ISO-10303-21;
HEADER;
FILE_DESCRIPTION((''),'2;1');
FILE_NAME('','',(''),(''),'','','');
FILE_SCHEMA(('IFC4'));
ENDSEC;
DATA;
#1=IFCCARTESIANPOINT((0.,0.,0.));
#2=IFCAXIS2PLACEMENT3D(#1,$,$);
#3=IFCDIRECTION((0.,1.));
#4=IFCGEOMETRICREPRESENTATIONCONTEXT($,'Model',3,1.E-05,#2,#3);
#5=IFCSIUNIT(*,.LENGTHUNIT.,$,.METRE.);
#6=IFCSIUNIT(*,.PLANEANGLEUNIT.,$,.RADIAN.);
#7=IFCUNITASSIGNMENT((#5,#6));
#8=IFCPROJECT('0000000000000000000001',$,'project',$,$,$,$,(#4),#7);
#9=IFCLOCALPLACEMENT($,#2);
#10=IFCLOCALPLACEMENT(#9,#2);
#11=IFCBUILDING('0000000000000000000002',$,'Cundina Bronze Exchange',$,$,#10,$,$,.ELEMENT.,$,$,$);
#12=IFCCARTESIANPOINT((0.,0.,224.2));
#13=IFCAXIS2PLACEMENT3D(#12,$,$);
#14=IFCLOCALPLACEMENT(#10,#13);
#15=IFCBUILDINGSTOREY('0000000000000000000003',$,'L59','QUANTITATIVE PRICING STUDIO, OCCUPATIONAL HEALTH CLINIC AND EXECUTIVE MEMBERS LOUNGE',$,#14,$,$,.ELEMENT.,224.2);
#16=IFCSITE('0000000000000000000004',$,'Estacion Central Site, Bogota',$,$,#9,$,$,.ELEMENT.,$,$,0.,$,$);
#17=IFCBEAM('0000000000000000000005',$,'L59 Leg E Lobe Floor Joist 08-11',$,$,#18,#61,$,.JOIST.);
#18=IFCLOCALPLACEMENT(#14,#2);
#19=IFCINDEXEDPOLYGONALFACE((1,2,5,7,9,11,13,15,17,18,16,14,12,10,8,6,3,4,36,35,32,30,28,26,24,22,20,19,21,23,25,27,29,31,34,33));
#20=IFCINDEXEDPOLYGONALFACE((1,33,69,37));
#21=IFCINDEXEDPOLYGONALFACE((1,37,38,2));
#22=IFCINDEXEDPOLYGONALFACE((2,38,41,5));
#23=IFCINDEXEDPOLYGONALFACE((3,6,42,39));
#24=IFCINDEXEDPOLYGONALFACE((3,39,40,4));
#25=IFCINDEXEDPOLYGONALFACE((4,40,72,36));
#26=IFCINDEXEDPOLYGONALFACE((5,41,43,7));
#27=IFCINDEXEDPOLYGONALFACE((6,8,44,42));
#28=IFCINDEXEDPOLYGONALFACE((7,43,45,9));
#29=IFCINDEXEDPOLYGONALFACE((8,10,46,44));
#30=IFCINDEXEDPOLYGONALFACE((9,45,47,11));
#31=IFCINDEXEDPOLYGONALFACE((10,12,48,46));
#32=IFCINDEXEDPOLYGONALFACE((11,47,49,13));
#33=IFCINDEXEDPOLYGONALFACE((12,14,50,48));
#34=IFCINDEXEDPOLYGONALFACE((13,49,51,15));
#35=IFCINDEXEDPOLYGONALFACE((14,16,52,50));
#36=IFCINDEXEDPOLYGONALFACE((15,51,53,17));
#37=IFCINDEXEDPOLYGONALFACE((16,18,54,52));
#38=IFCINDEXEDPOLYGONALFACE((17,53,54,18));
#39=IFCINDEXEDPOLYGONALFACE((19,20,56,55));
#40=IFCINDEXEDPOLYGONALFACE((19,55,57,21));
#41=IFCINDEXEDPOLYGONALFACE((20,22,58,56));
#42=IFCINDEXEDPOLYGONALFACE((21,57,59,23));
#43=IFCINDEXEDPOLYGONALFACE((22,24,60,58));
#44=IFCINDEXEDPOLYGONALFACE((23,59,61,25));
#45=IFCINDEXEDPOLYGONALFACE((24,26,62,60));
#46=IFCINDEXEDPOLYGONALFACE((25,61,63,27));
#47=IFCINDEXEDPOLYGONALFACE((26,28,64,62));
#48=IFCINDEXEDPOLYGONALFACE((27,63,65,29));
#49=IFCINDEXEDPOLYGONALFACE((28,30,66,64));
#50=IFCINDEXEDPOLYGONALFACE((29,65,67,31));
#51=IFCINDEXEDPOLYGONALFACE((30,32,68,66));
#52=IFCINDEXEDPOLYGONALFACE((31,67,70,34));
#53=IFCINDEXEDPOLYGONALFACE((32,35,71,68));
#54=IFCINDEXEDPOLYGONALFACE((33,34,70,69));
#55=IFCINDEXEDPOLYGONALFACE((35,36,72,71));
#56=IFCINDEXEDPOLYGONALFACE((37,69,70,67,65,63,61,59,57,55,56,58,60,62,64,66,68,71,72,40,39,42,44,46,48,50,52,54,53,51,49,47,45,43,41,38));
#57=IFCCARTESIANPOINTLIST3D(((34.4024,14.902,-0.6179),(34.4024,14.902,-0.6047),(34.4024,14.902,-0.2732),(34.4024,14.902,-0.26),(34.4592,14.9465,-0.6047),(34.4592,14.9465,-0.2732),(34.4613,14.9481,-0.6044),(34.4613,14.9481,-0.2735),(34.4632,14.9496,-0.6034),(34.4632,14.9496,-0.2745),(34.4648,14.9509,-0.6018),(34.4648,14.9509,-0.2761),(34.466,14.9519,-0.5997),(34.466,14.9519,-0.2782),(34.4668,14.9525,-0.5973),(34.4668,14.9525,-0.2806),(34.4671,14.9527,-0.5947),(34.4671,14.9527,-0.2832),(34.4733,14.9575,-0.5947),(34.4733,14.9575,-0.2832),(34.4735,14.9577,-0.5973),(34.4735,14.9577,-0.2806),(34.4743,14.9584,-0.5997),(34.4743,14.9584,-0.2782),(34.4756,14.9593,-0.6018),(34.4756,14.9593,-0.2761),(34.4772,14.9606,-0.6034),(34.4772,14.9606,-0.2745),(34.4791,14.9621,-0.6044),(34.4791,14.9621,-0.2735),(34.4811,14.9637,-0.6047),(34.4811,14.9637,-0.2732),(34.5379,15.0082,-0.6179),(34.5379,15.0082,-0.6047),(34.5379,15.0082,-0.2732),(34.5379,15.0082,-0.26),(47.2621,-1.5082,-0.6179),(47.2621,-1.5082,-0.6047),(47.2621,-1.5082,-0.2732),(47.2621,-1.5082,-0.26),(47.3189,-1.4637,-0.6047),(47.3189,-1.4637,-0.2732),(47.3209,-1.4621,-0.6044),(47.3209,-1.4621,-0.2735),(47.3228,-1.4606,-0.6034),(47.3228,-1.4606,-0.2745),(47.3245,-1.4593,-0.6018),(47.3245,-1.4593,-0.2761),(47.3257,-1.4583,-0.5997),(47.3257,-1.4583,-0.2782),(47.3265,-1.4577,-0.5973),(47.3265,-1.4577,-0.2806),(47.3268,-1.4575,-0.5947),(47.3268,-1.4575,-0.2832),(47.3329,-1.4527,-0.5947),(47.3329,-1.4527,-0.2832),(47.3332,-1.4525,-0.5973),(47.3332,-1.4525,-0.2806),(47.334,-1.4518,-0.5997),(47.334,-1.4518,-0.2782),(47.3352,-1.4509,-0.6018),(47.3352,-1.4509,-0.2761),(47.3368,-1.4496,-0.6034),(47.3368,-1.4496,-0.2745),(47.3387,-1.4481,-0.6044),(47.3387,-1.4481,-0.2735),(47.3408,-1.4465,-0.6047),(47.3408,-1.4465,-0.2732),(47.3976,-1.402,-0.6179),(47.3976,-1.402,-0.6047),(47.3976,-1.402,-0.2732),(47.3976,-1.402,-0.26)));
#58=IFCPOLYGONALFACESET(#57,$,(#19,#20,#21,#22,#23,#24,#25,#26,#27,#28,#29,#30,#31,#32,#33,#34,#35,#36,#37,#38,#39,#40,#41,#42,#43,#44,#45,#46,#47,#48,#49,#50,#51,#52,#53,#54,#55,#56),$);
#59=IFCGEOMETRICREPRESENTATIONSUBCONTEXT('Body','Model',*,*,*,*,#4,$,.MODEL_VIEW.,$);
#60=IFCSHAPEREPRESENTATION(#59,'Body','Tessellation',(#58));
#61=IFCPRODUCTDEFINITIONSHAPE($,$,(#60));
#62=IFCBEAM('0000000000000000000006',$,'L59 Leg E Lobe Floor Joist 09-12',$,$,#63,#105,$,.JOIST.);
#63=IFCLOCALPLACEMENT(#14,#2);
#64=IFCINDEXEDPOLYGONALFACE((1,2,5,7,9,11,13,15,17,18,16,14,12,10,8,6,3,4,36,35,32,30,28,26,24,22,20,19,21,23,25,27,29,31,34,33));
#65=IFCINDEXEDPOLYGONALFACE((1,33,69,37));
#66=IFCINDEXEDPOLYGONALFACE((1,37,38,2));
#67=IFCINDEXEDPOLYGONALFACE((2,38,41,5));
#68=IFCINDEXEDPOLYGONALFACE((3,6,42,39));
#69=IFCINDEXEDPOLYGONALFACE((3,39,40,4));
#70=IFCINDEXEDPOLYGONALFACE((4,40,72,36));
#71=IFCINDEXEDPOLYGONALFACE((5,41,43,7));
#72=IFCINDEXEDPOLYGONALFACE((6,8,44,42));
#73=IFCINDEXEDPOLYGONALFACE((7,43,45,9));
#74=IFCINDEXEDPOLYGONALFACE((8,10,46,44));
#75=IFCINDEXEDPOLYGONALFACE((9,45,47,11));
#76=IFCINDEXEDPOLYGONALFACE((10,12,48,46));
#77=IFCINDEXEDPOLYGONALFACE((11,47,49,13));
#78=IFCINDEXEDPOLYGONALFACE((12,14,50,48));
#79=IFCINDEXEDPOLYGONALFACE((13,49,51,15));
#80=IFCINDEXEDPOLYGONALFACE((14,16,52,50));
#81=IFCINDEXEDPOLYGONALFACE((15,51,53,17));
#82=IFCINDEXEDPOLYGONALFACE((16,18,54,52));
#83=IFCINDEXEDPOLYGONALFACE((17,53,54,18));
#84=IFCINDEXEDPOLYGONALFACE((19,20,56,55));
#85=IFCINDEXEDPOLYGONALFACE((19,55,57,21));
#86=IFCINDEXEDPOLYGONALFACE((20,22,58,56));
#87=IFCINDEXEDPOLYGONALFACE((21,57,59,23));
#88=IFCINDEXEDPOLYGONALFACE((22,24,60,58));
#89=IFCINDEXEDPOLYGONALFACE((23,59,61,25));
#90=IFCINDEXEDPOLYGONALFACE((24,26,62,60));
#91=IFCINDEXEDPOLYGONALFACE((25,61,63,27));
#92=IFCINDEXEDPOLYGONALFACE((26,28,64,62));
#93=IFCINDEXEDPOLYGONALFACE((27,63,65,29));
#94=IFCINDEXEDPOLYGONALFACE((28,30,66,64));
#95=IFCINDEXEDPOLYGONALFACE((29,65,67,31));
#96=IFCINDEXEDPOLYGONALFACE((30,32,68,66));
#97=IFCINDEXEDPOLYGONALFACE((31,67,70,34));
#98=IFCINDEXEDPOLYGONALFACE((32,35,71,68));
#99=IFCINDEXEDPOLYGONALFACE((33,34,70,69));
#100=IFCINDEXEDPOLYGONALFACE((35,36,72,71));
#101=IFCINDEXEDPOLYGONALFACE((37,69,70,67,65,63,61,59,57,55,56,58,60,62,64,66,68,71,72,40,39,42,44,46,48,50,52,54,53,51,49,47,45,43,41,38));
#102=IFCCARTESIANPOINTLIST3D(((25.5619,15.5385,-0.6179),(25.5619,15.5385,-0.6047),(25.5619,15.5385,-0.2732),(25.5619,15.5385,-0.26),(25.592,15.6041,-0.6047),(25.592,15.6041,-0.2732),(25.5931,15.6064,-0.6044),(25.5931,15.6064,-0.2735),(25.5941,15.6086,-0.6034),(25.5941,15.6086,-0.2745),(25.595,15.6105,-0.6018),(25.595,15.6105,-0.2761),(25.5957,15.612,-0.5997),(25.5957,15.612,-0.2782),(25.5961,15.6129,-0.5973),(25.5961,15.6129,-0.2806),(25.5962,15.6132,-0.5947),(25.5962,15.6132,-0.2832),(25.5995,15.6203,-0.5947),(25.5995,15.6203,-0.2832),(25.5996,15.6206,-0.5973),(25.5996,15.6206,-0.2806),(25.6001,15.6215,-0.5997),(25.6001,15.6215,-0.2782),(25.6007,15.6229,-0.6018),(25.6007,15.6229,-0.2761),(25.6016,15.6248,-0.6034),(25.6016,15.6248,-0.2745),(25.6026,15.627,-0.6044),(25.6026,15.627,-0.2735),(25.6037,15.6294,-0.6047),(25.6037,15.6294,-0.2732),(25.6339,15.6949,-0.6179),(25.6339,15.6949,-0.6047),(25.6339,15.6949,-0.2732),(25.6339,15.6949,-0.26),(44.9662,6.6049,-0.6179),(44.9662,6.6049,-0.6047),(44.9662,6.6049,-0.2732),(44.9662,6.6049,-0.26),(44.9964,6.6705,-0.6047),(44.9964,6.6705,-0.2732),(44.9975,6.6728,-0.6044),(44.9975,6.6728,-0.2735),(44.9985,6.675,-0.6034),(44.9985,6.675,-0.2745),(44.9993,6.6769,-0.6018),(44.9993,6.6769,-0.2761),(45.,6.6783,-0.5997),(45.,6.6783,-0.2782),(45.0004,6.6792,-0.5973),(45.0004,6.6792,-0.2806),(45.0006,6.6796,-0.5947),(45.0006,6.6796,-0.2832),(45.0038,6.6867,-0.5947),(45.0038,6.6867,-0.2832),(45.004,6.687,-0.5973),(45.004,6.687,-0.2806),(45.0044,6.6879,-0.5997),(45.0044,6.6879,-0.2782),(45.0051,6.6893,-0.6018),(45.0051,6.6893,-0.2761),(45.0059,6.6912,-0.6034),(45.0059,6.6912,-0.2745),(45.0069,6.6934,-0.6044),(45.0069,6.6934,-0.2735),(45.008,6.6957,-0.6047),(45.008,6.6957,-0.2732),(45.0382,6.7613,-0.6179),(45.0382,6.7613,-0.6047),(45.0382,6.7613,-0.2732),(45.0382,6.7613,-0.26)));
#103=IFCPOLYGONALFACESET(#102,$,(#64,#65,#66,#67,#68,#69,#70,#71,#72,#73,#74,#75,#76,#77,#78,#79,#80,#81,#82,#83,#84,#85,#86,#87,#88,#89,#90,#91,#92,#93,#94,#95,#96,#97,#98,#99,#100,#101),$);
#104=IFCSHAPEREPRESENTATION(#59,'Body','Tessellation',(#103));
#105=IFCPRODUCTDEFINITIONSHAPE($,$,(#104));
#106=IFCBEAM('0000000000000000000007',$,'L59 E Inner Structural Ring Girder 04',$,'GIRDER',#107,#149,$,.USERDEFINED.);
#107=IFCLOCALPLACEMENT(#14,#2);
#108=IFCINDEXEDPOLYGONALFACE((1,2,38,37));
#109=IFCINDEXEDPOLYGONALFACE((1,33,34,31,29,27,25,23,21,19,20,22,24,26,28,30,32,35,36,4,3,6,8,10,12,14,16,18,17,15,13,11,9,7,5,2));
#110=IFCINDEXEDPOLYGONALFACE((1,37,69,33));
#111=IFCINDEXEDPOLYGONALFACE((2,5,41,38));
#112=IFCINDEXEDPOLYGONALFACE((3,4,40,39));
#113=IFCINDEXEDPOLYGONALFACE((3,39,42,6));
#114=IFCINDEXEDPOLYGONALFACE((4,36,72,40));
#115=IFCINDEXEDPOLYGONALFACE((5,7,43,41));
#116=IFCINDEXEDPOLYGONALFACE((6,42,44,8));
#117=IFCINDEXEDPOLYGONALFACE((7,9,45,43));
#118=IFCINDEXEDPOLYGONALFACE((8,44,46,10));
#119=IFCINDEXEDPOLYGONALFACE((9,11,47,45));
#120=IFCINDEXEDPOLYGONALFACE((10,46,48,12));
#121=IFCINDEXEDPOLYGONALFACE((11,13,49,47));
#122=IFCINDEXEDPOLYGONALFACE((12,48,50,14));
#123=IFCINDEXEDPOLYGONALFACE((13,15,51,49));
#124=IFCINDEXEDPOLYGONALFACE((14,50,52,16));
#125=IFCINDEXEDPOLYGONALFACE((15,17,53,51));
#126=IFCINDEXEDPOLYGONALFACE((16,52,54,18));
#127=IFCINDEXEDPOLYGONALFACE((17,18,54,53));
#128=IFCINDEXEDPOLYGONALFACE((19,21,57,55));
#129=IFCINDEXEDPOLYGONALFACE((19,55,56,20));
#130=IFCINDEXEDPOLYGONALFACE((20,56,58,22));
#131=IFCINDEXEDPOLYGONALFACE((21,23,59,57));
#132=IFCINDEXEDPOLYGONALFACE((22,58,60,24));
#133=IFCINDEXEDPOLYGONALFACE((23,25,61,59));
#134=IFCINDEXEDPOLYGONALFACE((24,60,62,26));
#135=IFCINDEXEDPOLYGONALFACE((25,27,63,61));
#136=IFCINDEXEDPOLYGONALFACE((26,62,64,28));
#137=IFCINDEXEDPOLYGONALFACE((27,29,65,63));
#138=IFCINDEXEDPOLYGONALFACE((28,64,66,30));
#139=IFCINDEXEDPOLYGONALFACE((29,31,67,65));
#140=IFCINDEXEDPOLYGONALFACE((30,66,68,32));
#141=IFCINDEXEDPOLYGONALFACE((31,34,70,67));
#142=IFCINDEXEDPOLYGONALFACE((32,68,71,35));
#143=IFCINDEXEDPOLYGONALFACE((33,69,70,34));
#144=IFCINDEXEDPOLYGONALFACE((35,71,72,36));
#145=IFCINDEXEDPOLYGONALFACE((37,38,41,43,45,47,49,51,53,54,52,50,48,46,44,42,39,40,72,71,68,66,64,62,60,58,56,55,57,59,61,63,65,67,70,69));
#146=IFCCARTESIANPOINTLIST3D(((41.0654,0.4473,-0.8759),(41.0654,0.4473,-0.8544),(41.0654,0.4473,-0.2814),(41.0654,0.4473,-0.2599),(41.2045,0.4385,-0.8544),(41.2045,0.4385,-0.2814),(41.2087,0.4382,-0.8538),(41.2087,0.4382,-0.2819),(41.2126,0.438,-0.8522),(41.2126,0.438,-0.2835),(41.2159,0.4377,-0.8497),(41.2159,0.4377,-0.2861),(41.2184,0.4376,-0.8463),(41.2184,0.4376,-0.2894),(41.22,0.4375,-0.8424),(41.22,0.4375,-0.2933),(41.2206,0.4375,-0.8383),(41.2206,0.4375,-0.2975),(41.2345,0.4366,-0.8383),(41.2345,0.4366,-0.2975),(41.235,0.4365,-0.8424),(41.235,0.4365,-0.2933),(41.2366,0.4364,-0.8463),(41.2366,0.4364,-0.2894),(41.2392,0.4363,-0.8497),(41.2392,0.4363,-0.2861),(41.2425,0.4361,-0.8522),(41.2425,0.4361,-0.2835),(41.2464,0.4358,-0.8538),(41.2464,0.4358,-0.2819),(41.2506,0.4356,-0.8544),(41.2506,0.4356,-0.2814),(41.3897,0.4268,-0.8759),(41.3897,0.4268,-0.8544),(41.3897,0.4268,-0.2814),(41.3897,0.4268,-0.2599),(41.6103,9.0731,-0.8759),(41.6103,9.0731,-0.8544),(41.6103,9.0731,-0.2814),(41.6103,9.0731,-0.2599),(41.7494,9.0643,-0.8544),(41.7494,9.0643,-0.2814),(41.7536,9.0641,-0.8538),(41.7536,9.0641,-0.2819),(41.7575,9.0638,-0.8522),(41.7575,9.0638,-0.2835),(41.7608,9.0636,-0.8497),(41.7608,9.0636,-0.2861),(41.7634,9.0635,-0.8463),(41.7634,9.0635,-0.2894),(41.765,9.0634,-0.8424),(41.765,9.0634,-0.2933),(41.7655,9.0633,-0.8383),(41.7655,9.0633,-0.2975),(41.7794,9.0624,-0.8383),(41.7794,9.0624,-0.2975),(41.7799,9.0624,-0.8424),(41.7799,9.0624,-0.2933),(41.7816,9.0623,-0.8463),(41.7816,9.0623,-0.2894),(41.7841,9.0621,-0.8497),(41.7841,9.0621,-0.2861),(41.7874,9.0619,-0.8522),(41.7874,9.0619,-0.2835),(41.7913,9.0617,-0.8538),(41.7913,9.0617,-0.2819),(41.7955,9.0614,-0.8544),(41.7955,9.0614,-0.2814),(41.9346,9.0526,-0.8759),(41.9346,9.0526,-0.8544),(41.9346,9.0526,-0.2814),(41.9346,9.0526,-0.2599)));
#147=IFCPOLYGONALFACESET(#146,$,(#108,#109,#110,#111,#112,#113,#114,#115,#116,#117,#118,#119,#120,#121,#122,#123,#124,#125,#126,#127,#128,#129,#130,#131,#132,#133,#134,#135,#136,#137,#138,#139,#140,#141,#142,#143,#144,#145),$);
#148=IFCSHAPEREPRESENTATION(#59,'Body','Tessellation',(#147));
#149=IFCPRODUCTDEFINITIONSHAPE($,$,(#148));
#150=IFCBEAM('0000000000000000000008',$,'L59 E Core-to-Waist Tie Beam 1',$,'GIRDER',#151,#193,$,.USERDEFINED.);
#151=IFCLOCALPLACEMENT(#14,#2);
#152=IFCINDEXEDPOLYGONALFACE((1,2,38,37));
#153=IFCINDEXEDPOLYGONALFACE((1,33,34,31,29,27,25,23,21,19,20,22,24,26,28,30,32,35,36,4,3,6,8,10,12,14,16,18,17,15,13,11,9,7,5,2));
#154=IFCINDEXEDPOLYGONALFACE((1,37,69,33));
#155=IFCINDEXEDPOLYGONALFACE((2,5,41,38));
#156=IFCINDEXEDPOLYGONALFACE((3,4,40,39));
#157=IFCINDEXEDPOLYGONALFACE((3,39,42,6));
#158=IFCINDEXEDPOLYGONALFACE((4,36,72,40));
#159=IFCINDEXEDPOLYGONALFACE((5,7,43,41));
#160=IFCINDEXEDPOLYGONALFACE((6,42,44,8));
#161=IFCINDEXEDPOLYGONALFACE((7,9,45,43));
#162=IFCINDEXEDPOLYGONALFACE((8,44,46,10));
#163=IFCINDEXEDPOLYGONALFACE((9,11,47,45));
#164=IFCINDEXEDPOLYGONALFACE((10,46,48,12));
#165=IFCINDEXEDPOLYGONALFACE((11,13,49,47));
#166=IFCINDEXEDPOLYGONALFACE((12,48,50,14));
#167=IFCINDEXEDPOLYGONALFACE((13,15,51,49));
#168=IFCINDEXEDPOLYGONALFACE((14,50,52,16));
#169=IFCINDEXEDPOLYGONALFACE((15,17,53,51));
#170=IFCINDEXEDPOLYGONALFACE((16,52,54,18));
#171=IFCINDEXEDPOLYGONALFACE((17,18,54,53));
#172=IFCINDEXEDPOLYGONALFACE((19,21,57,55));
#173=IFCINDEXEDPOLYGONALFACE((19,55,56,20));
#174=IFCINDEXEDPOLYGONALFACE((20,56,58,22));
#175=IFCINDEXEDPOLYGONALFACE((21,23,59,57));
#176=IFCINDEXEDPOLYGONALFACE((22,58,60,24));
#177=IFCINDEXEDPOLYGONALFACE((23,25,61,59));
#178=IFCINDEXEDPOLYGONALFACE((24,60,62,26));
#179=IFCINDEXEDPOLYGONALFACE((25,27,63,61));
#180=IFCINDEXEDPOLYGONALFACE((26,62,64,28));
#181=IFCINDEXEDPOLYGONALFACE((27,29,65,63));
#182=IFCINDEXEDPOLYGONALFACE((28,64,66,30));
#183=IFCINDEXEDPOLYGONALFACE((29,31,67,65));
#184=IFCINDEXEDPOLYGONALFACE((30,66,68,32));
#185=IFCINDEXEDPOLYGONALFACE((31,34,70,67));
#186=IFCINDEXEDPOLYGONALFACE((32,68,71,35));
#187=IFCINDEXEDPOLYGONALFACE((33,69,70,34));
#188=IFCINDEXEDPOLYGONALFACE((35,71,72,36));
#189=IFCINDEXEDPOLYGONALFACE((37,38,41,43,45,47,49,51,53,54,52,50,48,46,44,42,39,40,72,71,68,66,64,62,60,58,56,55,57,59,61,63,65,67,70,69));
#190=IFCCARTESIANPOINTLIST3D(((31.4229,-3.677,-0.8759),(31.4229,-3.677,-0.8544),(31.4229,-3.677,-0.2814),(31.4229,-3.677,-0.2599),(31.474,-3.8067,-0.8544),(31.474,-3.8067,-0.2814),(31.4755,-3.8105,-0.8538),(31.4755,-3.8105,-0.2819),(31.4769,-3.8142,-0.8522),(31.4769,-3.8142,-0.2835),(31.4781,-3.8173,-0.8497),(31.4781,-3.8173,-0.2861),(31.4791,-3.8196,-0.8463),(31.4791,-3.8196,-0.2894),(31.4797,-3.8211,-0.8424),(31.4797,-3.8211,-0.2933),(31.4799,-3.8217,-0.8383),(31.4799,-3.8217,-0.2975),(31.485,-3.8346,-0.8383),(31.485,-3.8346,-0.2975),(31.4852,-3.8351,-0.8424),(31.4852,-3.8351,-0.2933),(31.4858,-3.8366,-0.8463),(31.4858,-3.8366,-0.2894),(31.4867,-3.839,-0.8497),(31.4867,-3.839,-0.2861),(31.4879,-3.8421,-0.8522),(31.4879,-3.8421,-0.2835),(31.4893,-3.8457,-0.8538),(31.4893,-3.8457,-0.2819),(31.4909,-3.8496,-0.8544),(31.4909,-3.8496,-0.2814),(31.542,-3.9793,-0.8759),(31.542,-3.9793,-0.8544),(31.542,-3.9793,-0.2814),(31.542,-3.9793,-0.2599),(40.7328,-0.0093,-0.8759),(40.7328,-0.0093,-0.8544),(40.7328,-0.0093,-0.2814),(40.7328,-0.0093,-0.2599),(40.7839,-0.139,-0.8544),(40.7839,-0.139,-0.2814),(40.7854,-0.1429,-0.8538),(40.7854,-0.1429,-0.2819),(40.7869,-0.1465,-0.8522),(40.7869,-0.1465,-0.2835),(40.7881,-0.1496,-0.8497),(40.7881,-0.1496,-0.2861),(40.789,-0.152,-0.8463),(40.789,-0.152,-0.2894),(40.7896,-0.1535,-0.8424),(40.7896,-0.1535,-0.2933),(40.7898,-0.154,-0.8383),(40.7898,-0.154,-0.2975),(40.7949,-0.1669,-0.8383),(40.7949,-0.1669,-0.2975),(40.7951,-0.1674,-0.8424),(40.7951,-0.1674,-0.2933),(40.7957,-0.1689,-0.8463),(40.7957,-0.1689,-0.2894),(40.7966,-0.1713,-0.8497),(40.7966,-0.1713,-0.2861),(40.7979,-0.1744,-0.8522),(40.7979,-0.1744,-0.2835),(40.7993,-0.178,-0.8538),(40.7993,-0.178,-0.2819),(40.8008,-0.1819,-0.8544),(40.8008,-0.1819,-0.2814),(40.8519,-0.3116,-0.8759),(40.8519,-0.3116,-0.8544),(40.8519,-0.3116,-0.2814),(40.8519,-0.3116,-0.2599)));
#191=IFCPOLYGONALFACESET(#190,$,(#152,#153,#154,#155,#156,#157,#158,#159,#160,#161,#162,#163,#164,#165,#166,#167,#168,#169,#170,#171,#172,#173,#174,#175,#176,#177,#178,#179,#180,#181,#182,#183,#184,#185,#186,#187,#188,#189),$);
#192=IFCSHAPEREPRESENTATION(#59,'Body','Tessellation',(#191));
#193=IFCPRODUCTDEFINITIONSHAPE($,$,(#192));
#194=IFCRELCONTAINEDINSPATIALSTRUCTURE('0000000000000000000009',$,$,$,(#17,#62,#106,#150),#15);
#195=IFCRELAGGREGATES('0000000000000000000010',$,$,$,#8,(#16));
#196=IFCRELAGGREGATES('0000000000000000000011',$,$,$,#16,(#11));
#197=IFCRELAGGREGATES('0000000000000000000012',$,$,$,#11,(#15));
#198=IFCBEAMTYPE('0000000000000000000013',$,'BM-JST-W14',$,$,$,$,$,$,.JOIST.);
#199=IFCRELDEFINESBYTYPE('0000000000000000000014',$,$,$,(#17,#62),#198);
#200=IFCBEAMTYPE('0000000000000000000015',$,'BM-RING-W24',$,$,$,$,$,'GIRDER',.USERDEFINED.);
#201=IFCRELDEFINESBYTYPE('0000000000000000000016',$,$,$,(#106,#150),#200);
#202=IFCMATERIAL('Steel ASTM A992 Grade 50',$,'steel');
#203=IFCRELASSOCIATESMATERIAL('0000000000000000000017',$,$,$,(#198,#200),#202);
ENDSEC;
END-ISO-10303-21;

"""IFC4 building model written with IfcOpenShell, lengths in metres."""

from ifc_helpers import new_model, si_unit, direction, frame, origin, origin_2d, place, context, subcontext, project, spatial, i_section, extrude, material, material_profile, profile_set, type_object, element, save


model = new_model("IFC4")

# Units and contexts
model_context = context("Model", 3, precision=1e-05, world=origin(), true_north=direction((0.0, 1.0)))
body_context = subcontext(model_context, "Body", "Model", "MODEL_VIEW")
ifc_project = project(units=[si_unit("LENGTHUNIT", "METRE"), si_unit("PLANEANGLEUNIT", "RADIAN")], contexts=[model_context])

# Site, building, storey
site_placement = place(None, origin())
site = spatial("IfcSite", under=ifc_project, at=site_placement, Name="Estacion Central Site, Bogota", CompositionType="ELEMENT", RefElevation=0.0)
building_placement = place(site_placement, origin())
building = spatial("IfcBuilding", under=site, at=building_placement, Name="Cundina Bronze Exchange", CompositionType="ELEMENT")
storey_placement = place(building_placement, frame((0.0, 0.0, 224.2)))
storey = spatial("IfcBuildingStorey", under=building, at=storey_placement, Name="L59", Description="QUANTITATIVE PRICING STUDIO, OCCUPATIONAL HEALTH CLINIC AND EXECUTIVE MEMBERS LOUNGE", CompositionType="ELEMENT", Elevation=224.2)

# Shared definitions
ifc_material_1 = material(Name="Steel ASTM A992 Grade 50", Category="steel")

# Beams
ifc_material_profile_1 = material_profile(ifc_material_1, i_section(OverallWidth=0.1721, OverallDepth=0.3579, WebThickness=0.0078, FlangeThickness=0.0132, FilletRadius=0.01, at=origin_2d()), Name="W14X38", Category="steel")
ifc_profile_set_1 = profile_set([ifc_material_profile_1], Name="Steel ASTM A992 Grade 50")
beam_type_1 = type_object("IfcBeamType", Name="BM-JST-W14", PredefinedType="JOIST", material=ifc_profile_set_1)
beam_1_placement = place(storey_placement, frame((47.3298, -1.4551, -0.439), z_axis=(-0.61681, 0.787112, 0.0), x_axis=(-0.787112, -0.61681, 0.0)))
element("IfcBeam", 1, at=beam_1_placement, inside=storey, type_object=beam_type_1, Name="L59 Leg E Lobe Floor Joist 08-11", PredefinedType="JOIST", context=body_context, shape_type="SweptSolid", body=[
    extrude(i_section(OverallWidth=0.1721, OverallDepth=0.3579, WebThickness=0.0078, FlangeThickness=0.0132, FilletRadius=0.01, at=origin_2d()), origin(), (0.0, 0.0, 1.0), 20.8486),
])
beam_2_placement = place(storey_placement, frame((45.0022, 6.6831, -0.439), z_axis=(-0.908355, 0.4182, 0.0), x_axis=(-0.4182, -0.908355, 0.0)))
element("IfcBeam", 2, at=beam_2_placement, inside=storey, type_object=beam_type_1, Name="L59 Leg E Lobe Floor Joist 09-12", PredefinedType="JOIST", context=body_context, shape_type="SweptSolid", body=[
    extrude(i_section(OverallWidth=0.1721, OverallDepth=0.3579, WebThickness=0.0078, FlangeThickness=0.0132, FilletRadius=0.01, at=origin_2d()), origin(), (0.0, 0.0, 1.0), 21.3621),
])
ifc_material_profile_2 = material_profile(ifc_material_1, i_section(OverallWidth=0.325, OverallDepth=0.616, WebThickness=0.0139, FlangeThickness=0.0215, FilletRadius=0.0161, at=origin_2d()), Name="W24X117", Category="steel")
ifc_profile_set_2 = profile_set([ifc_material_profile_2], Name="Steel ASTM A992 Grade 50")
beam_type_2 = type_object("IfcBeamType", Name="BM-RING-W24", ElementType="GIRDER", PredefinedType="USERDEFINED", material=ifc_profile_set_2)
beam_3_placement = place(storey_placement, frame((41.2275, 0.437, -0.5679), z_axis=(0.063047, 0.998011, 0.0), x_axis=(-0.998011, 0.063047, 0.0)))
element("IfcBeam", 3, at=beam_3_placement, inside=storey, type_object=beam_type_2, Name="L59 E Inner Structural Ring Girder 04", ObjectType="GIRDER", PredefinedType="USERDEFINED", context=body_context, shape_type="SweptSolid", body=[
    extrude(i_section(OverallWidth=0.325, OverallDepth=0.616, WebThickness=0.0139, FlangeThickness=0.0215, FilletRadius=0.0161, at=origin_2d()), origin(), (0.0, 0.0, 1.0), 8.6431),
])
beam_4_placement = place(storey_placement, frame((31.4824, -3.8281, -0.5679), z_axis=(0.930404, 0.366535, 0.0), x_axis=(-0.366535, 0.930404, 0.0)))
element("IfcBeam", 4, at=beam_4_placement, inside=storey, type_object=beam_type_2, Name="L59 E Core-to-Waist Tie Beam 1", ObjectType="GIRDER", PredefinedType="USERDEFINED", context=body_context, shape_type="SweptSolid", body=[
    extrude(i_section(OverallWidth=0.325, OverallDepth=0.616, WebThickness=0.0139, FlangeThickness=0.0215, FilletRadius=0.0161, at=origin_2d()), origin(), (0.0, 0.0, 1.0), 10.0063),
])

save(model, "model.ifc")
